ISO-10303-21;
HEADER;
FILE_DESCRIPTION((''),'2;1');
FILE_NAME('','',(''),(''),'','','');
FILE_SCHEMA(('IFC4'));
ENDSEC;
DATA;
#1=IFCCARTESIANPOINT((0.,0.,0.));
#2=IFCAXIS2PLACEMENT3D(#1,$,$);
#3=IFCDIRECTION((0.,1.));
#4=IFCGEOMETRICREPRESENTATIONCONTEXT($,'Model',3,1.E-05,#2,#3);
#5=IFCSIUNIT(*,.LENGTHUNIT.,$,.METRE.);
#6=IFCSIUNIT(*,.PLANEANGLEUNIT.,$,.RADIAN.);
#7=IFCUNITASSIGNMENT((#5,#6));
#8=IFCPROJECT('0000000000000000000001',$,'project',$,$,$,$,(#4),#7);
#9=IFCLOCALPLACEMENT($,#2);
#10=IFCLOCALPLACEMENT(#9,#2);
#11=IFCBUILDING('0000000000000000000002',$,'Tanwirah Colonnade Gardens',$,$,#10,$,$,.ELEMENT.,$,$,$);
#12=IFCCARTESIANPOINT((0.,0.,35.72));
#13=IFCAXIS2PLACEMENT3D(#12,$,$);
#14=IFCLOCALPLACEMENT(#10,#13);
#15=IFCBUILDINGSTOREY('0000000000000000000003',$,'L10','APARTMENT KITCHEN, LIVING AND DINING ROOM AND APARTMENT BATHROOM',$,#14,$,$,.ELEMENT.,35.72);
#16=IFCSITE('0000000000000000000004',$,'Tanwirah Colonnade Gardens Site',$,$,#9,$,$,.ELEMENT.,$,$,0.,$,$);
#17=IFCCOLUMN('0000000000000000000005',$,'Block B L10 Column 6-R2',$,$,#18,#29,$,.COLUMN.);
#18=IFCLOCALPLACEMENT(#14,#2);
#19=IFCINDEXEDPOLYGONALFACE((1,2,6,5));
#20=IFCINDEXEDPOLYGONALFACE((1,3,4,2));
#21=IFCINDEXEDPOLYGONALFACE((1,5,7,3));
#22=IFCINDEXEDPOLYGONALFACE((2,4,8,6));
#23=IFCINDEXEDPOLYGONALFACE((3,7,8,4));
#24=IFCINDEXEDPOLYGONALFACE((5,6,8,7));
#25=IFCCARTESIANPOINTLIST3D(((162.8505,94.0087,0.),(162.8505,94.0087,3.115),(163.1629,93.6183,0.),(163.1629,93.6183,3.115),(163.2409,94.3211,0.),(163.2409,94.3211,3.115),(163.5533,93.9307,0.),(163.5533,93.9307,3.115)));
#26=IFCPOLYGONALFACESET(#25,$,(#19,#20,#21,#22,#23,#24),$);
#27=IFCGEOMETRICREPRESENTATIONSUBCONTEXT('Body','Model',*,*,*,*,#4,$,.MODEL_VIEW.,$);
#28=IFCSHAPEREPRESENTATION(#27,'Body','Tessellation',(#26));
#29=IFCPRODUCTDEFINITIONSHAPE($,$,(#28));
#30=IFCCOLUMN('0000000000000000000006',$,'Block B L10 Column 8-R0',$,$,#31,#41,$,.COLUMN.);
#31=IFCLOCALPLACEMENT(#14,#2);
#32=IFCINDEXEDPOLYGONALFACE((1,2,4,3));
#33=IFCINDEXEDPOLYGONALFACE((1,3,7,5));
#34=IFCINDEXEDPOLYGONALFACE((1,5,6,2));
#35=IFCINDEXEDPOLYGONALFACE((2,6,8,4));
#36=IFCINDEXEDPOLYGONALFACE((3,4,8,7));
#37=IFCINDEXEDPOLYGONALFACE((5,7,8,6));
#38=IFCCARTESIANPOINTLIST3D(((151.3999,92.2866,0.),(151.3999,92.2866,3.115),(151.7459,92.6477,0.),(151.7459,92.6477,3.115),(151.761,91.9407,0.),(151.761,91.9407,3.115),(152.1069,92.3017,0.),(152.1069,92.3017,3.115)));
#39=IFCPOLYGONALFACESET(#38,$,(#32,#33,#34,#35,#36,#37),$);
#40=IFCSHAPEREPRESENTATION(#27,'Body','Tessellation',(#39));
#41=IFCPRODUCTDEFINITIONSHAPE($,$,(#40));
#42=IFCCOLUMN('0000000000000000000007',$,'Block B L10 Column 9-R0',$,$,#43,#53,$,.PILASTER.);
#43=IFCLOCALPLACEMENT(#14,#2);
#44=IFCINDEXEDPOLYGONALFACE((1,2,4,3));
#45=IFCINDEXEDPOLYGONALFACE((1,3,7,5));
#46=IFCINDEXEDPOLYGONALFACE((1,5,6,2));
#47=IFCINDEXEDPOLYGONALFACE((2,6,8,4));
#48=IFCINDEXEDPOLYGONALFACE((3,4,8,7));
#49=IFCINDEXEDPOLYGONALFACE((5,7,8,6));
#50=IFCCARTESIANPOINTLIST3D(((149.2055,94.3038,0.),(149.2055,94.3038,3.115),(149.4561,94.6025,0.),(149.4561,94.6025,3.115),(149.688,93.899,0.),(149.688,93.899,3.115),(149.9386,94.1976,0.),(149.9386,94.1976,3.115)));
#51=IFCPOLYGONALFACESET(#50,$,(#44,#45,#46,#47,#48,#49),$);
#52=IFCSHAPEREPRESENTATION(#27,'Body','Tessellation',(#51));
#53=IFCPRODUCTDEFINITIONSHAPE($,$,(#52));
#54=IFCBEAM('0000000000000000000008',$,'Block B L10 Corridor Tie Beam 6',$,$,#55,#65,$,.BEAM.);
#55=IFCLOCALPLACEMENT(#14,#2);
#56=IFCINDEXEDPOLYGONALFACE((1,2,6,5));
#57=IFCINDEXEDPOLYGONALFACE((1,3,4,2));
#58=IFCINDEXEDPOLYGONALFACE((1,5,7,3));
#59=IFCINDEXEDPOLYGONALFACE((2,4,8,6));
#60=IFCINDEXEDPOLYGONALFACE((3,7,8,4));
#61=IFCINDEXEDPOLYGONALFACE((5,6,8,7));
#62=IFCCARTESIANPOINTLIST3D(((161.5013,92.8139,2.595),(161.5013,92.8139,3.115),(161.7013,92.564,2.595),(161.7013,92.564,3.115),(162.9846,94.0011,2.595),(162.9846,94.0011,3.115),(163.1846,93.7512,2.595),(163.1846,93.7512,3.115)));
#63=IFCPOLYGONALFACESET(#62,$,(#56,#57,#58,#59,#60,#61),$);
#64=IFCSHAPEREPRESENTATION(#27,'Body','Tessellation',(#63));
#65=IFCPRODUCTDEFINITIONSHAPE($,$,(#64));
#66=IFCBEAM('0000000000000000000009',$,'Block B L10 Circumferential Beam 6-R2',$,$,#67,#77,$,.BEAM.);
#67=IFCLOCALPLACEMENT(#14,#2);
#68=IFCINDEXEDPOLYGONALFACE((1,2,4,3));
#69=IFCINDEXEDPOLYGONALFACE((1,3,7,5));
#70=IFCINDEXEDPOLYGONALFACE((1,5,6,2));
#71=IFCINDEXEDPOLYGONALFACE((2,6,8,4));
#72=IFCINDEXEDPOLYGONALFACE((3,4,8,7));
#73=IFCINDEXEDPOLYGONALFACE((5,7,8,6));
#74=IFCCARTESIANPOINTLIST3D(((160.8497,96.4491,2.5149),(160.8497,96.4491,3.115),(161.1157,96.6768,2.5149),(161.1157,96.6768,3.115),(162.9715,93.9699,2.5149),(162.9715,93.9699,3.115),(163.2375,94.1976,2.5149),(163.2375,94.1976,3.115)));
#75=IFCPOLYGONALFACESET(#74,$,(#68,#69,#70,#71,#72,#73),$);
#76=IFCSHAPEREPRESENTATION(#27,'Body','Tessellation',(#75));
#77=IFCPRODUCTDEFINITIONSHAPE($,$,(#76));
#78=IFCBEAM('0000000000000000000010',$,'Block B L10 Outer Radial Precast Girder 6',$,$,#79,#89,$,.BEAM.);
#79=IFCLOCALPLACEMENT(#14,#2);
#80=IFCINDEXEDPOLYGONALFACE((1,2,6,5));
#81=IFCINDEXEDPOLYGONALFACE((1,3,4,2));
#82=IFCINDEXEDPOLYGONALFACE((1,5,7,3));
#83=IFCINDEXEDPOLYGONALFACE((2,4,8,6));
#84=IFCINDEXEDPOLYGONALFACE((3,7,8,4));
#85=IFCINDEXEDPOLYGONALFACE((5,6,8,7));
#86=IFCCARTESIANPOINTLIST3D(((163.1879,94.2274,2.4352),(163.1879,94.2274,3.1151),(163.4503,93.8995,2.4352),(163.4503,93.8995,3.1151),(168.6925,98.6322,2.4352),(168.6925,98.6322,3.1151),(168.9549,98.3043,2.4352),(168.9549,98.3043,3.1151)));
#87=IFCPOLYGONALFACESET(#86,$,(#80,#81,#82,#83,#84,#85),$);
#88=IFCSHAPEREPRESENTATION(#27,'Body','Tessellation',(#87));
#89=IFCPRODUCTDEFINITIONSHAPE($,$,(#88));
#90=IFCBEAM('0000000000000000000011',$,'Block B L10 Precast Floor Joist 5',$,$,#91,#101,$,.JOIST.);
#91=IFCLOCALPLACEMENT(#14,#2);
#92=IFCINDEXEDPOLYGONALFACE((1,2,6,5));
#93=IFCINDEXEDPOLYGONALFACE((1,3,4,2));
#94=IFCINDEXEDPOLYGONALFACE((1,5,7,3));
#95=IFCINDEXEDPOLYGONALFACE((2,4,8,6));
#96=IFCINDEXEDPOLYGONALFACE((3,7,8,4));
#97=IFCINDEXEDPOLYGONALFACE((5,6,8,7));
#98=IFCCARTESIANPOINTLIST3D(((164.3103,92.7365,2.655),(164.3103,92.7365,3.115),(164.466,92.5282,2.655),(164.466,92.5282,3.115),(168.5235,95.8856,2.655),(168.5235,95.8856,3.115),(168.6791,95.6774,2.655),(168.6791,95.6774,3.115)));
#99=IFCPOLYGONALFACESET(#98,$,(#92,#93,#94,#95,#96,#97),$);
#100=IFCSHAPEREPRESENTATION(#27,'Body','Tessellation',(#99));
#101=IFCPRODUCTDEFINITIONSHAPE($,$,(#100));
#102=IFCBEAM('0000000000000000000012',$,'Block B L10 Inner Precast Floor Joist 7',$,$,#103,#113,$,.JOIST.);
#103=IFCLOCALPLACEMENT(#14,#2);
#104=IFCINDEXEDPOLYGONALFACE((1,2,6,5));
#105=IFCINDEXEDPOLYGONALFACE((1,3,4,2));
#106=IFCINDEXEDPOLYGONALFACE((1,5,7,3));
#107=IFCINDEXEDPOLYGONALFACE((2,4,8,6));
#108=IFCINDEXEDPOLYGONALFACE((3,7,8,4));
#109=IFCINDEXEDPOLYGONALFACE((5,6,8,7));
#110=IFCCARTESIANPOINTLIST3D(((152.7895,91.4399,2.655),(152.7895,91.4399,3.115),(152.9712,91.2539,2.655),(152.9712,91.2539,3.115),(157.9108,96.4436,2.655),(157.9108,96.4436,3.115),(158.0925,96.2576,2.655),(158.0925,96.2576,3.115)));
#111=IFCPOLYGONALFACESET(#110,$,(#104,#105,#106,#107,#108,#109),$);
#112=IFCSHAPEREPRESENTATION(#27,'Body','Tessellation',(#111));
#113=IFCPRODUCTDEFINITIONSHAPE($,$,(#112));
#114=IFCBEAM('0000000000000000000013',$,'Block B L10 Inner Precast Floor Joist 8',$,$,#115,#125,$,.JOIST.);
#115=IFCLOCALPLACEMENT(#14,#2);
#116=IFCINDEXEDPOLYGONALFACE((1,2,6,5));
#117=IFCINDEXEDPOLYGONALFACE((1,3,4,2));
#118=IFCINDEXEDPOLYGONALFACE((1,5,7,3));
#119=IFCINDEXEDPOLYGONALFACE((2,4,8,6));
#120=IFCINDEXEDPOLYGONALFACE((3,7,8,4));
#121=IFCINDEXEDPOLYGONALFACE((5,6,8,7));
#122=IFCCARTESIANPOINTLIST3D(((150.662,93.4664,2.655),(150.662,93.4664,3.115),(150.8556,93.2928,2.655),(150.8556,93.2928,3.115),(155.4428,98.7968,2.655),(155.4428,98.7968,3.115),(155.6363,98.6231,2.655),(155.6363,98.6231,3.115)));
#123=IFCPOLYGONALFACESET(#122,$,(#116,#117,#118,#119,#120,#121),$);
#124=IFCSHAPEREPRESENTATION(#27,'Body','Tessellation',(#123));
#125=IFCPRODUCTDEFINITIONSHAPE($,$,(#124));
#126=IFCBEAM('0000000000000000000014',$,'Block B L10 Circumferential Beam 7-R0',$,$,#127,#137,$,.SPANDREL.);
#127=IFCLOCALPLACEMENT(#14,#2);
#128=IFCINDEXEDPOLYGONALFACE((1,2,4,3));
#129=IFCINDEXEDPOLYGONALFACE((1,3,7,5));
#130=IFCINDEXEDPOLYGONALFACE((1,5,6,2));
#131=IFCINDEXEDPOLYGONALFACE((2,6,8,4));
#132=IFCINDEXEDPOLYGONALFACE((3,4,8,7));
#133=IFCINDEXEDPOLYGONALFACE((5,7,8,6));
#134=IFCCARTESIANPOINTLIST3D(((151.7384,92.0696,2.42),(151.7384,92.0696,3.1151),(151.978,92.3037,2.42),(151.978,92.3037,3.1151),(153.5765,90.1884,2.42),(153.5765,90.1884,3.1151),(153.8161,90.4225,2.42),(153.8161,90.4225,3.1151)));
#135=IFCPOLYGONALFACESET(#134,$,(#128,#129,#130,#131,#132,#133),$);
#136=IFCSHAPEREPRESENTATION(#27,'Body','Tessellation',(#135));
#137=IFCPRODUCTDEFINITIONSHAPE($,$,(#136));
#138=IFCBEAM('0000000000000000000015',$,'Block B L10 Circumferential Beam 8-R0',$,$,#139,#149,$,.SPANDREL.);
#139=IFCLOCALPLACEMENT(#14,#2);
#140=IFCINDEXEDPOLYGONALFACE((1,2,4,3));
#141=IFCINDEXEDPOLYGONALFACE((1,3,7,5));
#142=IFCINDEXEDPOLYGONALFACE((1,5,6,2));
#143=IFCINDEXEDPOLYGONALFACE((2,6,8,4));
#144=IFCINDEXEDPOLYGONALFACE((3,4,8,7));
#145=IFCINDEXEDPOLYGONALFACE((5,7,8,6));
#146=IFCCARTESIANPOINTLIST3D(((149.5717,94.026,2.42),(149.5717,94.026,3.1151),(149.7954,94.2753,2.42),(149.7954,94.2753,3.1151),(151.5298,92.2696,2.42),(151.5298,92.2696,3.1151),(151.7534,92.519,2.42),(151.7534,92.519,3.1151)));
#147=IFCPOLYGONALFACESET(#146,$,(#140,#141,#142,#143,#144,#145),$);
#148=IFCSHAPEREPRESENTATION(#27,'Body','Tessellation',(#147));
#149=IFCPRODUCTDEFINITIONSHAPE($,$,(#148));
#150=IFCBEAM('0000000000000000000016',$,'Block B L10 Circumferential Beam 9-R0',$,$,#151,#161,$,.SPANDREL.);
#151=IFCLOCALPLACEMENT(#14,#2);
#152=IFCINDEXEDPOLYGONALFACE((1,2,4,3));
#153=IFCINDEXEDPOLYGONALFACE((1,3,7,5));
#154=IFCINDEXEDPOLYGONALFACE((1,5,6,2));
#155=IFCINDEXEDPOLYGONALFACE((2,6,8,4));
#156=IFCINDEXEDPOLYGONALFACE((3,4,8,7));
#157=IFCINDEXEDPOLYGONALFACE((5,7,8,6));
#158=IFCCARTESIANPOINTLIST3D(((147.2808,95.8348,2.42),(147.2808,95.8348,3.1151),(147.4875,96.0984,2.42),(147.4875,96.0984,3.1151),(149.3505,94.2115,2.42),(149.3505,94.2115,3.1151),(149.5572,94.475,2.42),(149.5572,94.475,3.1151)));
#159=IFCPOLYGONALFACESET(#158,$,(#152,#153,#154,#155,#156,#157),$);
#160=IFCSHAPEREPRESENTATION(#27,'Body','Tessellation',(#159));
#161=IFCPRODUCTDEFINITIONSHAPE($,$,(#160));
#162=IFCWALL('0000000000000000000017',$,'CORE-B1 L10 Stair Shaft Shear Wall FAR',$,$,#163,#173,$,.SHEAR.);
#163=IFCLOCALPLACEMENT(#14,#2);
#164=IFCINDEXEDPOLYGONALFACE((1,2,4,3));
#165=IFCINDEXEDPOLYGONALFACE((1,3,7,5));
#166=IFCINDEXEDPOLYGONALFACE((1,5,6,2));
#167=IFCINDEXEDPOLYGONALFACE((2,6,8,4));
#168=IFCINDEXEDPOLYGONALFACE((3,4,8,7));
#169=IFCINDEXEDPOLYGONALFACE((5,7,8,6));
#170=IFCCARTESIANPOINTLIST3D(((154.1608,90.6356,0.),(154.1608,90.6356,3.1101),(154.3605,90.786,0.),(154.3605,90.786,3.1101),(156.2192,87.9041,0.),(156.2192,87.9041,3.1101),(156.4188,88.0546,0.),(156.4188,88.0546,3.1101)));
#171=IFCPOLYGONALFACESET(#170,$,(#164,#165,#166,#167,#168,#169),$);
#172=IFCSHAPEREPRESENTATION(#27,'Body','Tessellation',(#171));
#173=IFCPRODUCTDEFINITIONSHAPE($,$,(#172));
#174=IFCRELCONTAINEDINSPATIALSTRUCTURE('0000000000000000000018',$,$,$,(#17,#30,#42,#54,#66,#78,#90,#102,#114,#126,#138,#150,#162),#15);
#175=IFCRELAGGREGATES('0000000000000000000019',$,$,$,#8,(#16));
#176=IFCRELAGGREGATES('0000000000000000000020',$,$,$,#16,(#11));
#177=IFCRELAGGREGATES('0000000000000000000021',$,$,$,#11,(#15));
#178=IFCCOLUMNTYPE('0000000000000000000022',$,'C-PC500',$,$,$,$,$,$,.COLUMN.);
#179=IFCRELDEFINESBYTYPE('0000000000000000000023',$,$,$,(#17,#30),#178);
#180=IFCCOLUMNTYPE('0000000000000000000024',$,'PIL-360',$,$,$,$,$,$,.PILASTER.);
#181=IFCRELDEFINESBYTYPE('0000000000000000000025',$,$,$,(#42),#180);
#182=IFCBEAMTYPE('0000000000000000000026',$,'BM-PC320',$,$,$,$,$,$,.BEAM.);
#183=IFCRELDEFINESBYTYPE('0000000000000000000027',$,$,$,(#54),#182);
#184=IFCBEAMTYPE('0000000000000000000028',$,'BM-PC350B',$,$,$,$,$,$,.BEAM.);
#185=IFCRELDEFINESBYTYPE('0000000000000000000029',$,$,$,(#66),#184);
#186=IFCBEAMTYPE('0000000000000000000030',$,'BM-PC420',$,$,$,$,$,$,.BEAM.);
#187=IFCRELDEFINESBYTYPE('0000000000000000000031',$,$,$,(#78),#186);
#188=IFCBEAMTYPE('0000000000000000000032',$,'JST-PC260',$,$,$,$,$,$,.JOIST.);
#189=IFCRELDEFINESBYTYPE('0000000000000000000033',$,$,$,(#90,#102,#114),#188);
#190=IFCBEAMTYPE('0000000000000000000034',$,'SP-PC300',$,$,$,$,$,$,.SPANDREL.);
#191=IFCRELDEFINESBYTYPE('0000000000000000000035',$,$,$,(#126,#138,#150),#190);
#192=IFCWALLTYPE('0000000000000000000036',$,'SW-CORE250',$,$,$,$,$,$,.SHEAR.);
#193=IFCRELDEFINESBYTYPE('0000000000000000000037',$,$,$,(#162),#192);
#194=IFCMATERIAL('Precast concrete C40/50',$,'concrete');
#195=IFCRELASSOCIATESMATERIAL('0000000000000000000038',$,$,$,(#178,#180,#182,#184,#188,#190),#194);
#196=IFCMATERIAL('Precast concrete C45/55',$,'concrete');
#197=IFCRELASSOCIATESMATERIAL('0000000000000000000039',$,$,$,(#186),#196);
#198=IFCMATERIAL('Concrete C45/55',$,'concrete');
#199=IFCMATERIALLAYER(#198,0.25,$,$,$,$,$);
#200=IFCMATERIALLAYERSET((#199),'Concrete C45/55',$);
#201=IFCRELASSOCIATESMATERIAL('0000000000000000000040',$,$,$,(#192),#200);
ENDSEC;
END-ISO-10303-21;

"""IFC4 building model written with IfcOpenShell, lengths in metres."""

from ifc_helpers import new_model, si_unit, direction, frame, frame_2d, origin, origin_2d, place, context, subcontext, project, spatial, rectangle, extrude, material, layer, layer_set, material_profile, profile_set, type_object, element, save


model = new_model("IFC4")

# Units and contexts
model_context = context("Model", 3, precision=1e-05, world=origin(), true_north=direction((0.0, 1.0)))
body_context = subcontext(model_context, "Body", "Model", "MODEL_VIEW")
ifc_project = project(units=[si_unit("LENGTHUNIT", "METRE"), si_unit("PLANEANGLEUNIT", "RADIAN")], contexts=[model_context])

# Site, building, storey
site_placement = place(None, origin())
site = spatial("IfcSite", under=ifc_project, at=site_placement, Name="Tanwirah Colonnade Gardens Site", CompositionType="ELEMENT", RefElevation=0.0)
building_placement = place(site_placement, origin())
building = spatial("IfcBuilding", under=site, at=building_placement, Name="Tanwirah Colonnade Gardens", CompositionType="ELEMENT")
storey_placement = place(building_placement, frame((0.0, 0.0, 35.72)))
storey = spatial("IfcBuildingStorey", under=building, at=storey_placement, Name="L10", Description="APARTMENT KITCHEN, LIVING AND DINING ROOM AND APARTMENT BATHROOM", CompositionType="ELEMENT", Elevation=35.72)

# Columns
ifc_material_1 = material(Name="Precast concrete C40/50", Category="concrete")
ifc_material_profile_1 = material_profile(ifc_material_1, rectangle(XDim=0.5, YDim=0.5, at=origin_2d()), Name="PC-COL 500x500")
ifc_profile_set_1 = profile_set([ifc_material_profile_1], Name="Precast concrete C40/50")
column_type_1 = type_object("IfcColumnType", Name="C-PC500", PredefinedType="COLUMN", material=ifc_profile_set_1)
for number, where, z_axis, x_axis, name in (
    (1, (163.2019, 93.9697, 0.0), (0.0, 0.0, 1.0), (0.780794, 0.624789, 0.0), "Block B L10 Column 6-R2"),
    (2, (151.7534, 92.2942, 0.0), (0.0, 0.0, 1.0), (0.691863, 0.722029, 0.0), "Block B L10 Column 8-R0"),
):
    element("IfcColumn", number, at=place(storey_placement, frame(where, z_axis=z_axis, x_axis=x_axis)), inside=storey, type_object=column_type_1, Name=name, PredefinedType="COLUMN", context=body_context, shape_type="SweptSolid", body=[
        extrude(rectangle(XDim=0.5, YDim=0.5, at=origin_2d()), origin(), (0.0, 0.0, 1.0), 3.115),
    ])
ifc_material_profile_2 = material_profile(ifc_material_1, rectangle(XDim=0.3899, YDim=0.6299, at=origin_2d()), Name="PC-PIL 390x630")
ifc_profile_set_2 = profile_set([ifc_material_profile_2], Name="Precast concrete C40/50")
column_type_2 = type_object("IfcColumnType", Name="PIL-360", PredefinedType="PILASTER", material=ifc_profile_set_2)
column_placement = place(storey_placement, frame((149.572, 94.2507, 0.0), z_axis=(0.0, 0.0, 1.0), x_axis=(0.642788, 0.766044, 0.0)))
element("IfcColumn", 3, at=column_placement, inside=storey, type_object=column_type_2, Name="Block B L10 Column 9-R0", PredefinedType="PILASTER", context=body_context, shape_type="SweptSolid", body=[
    extrude(rectangle(XDim=0.3899, YDim=0.6299, at=origin_2d()), origin(), (0.0, 0.0, 1.0), 3.115),
])

# Beams
ifc_material_profile_3 = material_profile(ifc_material_1, rectangle(XDim=0.3201, YDim=0.52, at=origin_2d()), Name="PC-BM 320x520")
ifc_profile_set_3 = profile_set([ifc_material_profile_3], Name="Precast concrete C40/50")
beam_type_1 = type_object("IfcBeamType", Name="BM-PC320", PredefinedType="BEAM", material=ifc_profile_set_3)
beam_1_placement = place(storey_placement, frame((161.6013, 92.689, 2.855), z_axis=(0.780731, 0.624867, 0.0), x_axis=(-0.624867, 0.780731, 0.0)))
element("IfcBeam", 4, at=beam_1_placement, inside=storey, type_object=beam_type_1, Name="Block B L10 Corridor Tie Beam 6", PredefinedType="BEAM", context=body_context, shape_type="SweptSolid", body=[
    extrude(rectangle(XDim=0.3201, YDim=0.52, at=origin_2d()), origin(), (0.0, 0.0, 1.0), 1.8999),
])
ifc_material_profile_4 = material_profile(ifc_material_1, rectangle(XDim=0.3501, YDim=0.6001, at=origin_2d()), Name="PC-BM 350x600")
ifc_profile_set_4 = profile_set([ifc_material_profile_4], Name="Precast concrete C40/50")
beam_type_2 = type_object("IfcBeamType", Name="BM-PC350B", PredefinedType="BEAM", material=ifc_profile_set_4)
beam_2_placement = place(storey_placement, frame((163.1045, 94.0837, 2.8149), z_axis=(-0.650218, 0.759748, 0.0), x_axis=(-0.759748, -0.650218, 0.0)))
element("IfcBeam", 5, at=beam_2_placement, inside=storey, type_object=beam_type_2, Name="Block B L10 Circumferential Beam 6-R2", PredefinedType="BEAM", context=body_context, shape_type="SweptSolid", body=[
    extrude(rectangle(XDim=0.3501, YDim=0.6001, at=origin_2d()), origin(), (0.0, 0.0, 1.0), 3.2632),
])
ifc_material_2 = material(Name="Precast concrete C45/55", Category="concrete")
ifc_material_profile_5 = material_profile(ifc_material_2, rectangle(XDim=0.4199, YDim=0.6799, at=origin_2d()), Name="PC-BM 420x680")
ifc_profile_set_5 = profile_set([ifc_material_profile_5], Name="Precast concrete C45/55")
beam_type_3 = type_object("IfcBeamType", Name="BM-PC420", PredefinedType="BEAM", material=ifc_profile_set_5)
beam_3_placement = place(storey_placement, frame((163.3191, 94.0635, 2.7751), z_axis=(0.780794, 0.624788, 0.0), x_axis=(-0.624788, 0.780794, 0.0)))
element("IfcBeam", 6, at=beam_3_placement, inside=storey, type_object=beam_type_3, Name="Block B L10 Outer Radial Precast Girder 6", PredefinedType="BEAM", context=body_context, shape_type="SweptSolid", body=[
    extrude(rectangle(XDim=0.4199, YDim=0.6799, at=origin_2d()), origin(), (0.0, 0.0, 1.0), 7.05),
])
ifc_material_profile_6 = material_profile(ifc_material_1, rectangle(XDim=0.26, YDim=0.46, at=origin_2d()), Name="PC-JST 260x460")
ifc_profile_set_6 = profile_set([ifc_material_profile_6], Name="Precast concrete C40/50")
beam_type_4 = type_object("IfcBeamType", Name="JST-PC260", PredefinedType="JOIST", material=ifc_profile_set_6)
beam_4_placement = place(storey_placement, frame((164.3882, 92.6323, 2.885), z_axis=(0.800974, 0.5987, 0.0), x_axis=(-0.5987, 0.800974, 0.0)))
element("IfcBeam", 7, at=beam_4_placement, inside=storey, type_object=beam_type_4, Name="Block B L10 Precast Floor Joist 5", PredefinedType="JOIST", context=body_context, shape_type="SweptSolid", body=[
    extrude(rectangle(XDim=0.26, YDim=0.46, at=origin_2d()), origin(), (0.0, 0.0, 1.0), 5.26),
])
beam_5_placement = place(storey_placement, frame((152.8804, 91.3469, 2.885), z_axis=(0.715277, 0.698841, 0.0), x_axis=(-0.698841, 0.715277, 0.0)))
element("IfcBeam", 8, at=beam_5_placement, inside=storey, type_object=beam_type_4, Name="Block B L10 Inner Precast Floor Joist 7", PredefinedType="JOIST", context=body_context, shape_type="SweptSolid", body=[
    extrude(rectangle(XDim=0.26, YDim=0.46, at=origin_2d()), origin(), (0.0, 0.0, 1.0), 7.1599),
])
beam_6_placement = place(storey_placement, frame((150.7588, 93.3796, 2.885), z_axis=(0.667688, 0.744441, 0.0), x_axis=(-0.744441, 0.667688, 0.0)))
element("IfcBeam", 9, at=beam_6_placement, inside=storey, type_object=beam_type_4, Name="Block B L10 Inner Precast Floor Joist 8", PredefinedType="JOIST", context=body_context, shape_type="SweptSolid", body=[
    extrude(rectangle(XDim=0.26, YDim=0.46, at=origin_2d()), origin(), (0.0, 0.0, 1.0), 7.1602),
])
ifc_material_profile_7 = material_profile(ifc_material_1, rectangle(XDim=0.335, YDim=0.6951, at=origin_2d()), Name="PC-SP 335x695")
ifc_profile_set_7 = profile_set([ifc_material_profile_7], Name="Precast concrete C40/50")
beam_type_5 = type_object("IfcBeamType", Name="SP-PC300", PredefinedType="SPANDREL", material=ifc_profile_set_7)
beam_7_placement = place(storey_placement, frame((153.6963, 90.3054, 2.7676), z_axis=(-0.698844, 0.715274, 0.0), x_axis=(-0.715274, -0.698844, 0.0)))
element("IfcBeam", 10, at=beam_7_placement, inside=storey, type_object=beam_type_5, Name="Block B L10 Circumferential Beam 7-R0", PredefinedType="SPANDREL", context=body_context, shape_type="SweptSolid", body=[
    extrude(rectangle(XDim=0.335, YDim=0.6951, at=origin_2d()), origin(), (0.0, 0.0, 1.0), 2.6301),
])
for number, where, z_axis, x_axis, name in (
    (11, (151.6416, 92.3943, 2.7676), (-0.744401, 0.667733, 0.0), (-0.667733, -0.744401, 0.0), "Block B L10 Circumferential Beam 8-R0"),
    (12, (149.4539, 94.3433, 2.7676), (-0.786837, 0.617161, 0.0), (-0.617161, -0.786837, 0.0), "Block B L10 Circumferential Beam 9-R0"),
):
    element("IfcBeam", number, at=place(storey_placement, frame(where, z_axis=z_axis, x_axis=x_axis)), inside=storey, type_object=beam_type_5, Name=name, PredefinedType="SPANDREL", context=body_context, shape_type="SweptSolid", body=[
        extrude(rectangle(XDim=0.335, YDim=0.6951, at=origin_2d()), origin(), (0.0, 0.0, 1.0), 2.6304),
    ])

# Wall
ifc_material_3 = material(Name="Concrete C45/55", Category="concrete")
ifc_layer_1 = layer(ifc_material_3, 0.25)
ifc_layer_set_1 = layer_set([ifc_layer_1], Name="Concrete C45/55")
wall_type_1 = type_object("IfcWallType", Name="SW-CORE250", PredefinedType="SHEAR", material=ifc_layer_set_1)
wall_1_placement = place(storey_placement, frame((154.2607, 90.7107, 0.0), z_axis=(0.0, 0.0, 1.0), x_axis=(0.601826, -0.798627, 0.0)))
element("IfcWall", 13, at=wall_1_placement, inside=storey, type_object=wall_type_1, Name="CORE-B1 L10 Stair Shaft Shear Wall FAR", PredefinedType="SHEAR", context=body_context, shape_type="SweptSolid", body=[
    extrude(rectangle(XDim=3.4202, YDim=0.25, at=frame_2d((1.71, 0.0))), origin(), (0.0, 0.0, 1.0), 3.1101),
])

save(model, "model.ifc")
